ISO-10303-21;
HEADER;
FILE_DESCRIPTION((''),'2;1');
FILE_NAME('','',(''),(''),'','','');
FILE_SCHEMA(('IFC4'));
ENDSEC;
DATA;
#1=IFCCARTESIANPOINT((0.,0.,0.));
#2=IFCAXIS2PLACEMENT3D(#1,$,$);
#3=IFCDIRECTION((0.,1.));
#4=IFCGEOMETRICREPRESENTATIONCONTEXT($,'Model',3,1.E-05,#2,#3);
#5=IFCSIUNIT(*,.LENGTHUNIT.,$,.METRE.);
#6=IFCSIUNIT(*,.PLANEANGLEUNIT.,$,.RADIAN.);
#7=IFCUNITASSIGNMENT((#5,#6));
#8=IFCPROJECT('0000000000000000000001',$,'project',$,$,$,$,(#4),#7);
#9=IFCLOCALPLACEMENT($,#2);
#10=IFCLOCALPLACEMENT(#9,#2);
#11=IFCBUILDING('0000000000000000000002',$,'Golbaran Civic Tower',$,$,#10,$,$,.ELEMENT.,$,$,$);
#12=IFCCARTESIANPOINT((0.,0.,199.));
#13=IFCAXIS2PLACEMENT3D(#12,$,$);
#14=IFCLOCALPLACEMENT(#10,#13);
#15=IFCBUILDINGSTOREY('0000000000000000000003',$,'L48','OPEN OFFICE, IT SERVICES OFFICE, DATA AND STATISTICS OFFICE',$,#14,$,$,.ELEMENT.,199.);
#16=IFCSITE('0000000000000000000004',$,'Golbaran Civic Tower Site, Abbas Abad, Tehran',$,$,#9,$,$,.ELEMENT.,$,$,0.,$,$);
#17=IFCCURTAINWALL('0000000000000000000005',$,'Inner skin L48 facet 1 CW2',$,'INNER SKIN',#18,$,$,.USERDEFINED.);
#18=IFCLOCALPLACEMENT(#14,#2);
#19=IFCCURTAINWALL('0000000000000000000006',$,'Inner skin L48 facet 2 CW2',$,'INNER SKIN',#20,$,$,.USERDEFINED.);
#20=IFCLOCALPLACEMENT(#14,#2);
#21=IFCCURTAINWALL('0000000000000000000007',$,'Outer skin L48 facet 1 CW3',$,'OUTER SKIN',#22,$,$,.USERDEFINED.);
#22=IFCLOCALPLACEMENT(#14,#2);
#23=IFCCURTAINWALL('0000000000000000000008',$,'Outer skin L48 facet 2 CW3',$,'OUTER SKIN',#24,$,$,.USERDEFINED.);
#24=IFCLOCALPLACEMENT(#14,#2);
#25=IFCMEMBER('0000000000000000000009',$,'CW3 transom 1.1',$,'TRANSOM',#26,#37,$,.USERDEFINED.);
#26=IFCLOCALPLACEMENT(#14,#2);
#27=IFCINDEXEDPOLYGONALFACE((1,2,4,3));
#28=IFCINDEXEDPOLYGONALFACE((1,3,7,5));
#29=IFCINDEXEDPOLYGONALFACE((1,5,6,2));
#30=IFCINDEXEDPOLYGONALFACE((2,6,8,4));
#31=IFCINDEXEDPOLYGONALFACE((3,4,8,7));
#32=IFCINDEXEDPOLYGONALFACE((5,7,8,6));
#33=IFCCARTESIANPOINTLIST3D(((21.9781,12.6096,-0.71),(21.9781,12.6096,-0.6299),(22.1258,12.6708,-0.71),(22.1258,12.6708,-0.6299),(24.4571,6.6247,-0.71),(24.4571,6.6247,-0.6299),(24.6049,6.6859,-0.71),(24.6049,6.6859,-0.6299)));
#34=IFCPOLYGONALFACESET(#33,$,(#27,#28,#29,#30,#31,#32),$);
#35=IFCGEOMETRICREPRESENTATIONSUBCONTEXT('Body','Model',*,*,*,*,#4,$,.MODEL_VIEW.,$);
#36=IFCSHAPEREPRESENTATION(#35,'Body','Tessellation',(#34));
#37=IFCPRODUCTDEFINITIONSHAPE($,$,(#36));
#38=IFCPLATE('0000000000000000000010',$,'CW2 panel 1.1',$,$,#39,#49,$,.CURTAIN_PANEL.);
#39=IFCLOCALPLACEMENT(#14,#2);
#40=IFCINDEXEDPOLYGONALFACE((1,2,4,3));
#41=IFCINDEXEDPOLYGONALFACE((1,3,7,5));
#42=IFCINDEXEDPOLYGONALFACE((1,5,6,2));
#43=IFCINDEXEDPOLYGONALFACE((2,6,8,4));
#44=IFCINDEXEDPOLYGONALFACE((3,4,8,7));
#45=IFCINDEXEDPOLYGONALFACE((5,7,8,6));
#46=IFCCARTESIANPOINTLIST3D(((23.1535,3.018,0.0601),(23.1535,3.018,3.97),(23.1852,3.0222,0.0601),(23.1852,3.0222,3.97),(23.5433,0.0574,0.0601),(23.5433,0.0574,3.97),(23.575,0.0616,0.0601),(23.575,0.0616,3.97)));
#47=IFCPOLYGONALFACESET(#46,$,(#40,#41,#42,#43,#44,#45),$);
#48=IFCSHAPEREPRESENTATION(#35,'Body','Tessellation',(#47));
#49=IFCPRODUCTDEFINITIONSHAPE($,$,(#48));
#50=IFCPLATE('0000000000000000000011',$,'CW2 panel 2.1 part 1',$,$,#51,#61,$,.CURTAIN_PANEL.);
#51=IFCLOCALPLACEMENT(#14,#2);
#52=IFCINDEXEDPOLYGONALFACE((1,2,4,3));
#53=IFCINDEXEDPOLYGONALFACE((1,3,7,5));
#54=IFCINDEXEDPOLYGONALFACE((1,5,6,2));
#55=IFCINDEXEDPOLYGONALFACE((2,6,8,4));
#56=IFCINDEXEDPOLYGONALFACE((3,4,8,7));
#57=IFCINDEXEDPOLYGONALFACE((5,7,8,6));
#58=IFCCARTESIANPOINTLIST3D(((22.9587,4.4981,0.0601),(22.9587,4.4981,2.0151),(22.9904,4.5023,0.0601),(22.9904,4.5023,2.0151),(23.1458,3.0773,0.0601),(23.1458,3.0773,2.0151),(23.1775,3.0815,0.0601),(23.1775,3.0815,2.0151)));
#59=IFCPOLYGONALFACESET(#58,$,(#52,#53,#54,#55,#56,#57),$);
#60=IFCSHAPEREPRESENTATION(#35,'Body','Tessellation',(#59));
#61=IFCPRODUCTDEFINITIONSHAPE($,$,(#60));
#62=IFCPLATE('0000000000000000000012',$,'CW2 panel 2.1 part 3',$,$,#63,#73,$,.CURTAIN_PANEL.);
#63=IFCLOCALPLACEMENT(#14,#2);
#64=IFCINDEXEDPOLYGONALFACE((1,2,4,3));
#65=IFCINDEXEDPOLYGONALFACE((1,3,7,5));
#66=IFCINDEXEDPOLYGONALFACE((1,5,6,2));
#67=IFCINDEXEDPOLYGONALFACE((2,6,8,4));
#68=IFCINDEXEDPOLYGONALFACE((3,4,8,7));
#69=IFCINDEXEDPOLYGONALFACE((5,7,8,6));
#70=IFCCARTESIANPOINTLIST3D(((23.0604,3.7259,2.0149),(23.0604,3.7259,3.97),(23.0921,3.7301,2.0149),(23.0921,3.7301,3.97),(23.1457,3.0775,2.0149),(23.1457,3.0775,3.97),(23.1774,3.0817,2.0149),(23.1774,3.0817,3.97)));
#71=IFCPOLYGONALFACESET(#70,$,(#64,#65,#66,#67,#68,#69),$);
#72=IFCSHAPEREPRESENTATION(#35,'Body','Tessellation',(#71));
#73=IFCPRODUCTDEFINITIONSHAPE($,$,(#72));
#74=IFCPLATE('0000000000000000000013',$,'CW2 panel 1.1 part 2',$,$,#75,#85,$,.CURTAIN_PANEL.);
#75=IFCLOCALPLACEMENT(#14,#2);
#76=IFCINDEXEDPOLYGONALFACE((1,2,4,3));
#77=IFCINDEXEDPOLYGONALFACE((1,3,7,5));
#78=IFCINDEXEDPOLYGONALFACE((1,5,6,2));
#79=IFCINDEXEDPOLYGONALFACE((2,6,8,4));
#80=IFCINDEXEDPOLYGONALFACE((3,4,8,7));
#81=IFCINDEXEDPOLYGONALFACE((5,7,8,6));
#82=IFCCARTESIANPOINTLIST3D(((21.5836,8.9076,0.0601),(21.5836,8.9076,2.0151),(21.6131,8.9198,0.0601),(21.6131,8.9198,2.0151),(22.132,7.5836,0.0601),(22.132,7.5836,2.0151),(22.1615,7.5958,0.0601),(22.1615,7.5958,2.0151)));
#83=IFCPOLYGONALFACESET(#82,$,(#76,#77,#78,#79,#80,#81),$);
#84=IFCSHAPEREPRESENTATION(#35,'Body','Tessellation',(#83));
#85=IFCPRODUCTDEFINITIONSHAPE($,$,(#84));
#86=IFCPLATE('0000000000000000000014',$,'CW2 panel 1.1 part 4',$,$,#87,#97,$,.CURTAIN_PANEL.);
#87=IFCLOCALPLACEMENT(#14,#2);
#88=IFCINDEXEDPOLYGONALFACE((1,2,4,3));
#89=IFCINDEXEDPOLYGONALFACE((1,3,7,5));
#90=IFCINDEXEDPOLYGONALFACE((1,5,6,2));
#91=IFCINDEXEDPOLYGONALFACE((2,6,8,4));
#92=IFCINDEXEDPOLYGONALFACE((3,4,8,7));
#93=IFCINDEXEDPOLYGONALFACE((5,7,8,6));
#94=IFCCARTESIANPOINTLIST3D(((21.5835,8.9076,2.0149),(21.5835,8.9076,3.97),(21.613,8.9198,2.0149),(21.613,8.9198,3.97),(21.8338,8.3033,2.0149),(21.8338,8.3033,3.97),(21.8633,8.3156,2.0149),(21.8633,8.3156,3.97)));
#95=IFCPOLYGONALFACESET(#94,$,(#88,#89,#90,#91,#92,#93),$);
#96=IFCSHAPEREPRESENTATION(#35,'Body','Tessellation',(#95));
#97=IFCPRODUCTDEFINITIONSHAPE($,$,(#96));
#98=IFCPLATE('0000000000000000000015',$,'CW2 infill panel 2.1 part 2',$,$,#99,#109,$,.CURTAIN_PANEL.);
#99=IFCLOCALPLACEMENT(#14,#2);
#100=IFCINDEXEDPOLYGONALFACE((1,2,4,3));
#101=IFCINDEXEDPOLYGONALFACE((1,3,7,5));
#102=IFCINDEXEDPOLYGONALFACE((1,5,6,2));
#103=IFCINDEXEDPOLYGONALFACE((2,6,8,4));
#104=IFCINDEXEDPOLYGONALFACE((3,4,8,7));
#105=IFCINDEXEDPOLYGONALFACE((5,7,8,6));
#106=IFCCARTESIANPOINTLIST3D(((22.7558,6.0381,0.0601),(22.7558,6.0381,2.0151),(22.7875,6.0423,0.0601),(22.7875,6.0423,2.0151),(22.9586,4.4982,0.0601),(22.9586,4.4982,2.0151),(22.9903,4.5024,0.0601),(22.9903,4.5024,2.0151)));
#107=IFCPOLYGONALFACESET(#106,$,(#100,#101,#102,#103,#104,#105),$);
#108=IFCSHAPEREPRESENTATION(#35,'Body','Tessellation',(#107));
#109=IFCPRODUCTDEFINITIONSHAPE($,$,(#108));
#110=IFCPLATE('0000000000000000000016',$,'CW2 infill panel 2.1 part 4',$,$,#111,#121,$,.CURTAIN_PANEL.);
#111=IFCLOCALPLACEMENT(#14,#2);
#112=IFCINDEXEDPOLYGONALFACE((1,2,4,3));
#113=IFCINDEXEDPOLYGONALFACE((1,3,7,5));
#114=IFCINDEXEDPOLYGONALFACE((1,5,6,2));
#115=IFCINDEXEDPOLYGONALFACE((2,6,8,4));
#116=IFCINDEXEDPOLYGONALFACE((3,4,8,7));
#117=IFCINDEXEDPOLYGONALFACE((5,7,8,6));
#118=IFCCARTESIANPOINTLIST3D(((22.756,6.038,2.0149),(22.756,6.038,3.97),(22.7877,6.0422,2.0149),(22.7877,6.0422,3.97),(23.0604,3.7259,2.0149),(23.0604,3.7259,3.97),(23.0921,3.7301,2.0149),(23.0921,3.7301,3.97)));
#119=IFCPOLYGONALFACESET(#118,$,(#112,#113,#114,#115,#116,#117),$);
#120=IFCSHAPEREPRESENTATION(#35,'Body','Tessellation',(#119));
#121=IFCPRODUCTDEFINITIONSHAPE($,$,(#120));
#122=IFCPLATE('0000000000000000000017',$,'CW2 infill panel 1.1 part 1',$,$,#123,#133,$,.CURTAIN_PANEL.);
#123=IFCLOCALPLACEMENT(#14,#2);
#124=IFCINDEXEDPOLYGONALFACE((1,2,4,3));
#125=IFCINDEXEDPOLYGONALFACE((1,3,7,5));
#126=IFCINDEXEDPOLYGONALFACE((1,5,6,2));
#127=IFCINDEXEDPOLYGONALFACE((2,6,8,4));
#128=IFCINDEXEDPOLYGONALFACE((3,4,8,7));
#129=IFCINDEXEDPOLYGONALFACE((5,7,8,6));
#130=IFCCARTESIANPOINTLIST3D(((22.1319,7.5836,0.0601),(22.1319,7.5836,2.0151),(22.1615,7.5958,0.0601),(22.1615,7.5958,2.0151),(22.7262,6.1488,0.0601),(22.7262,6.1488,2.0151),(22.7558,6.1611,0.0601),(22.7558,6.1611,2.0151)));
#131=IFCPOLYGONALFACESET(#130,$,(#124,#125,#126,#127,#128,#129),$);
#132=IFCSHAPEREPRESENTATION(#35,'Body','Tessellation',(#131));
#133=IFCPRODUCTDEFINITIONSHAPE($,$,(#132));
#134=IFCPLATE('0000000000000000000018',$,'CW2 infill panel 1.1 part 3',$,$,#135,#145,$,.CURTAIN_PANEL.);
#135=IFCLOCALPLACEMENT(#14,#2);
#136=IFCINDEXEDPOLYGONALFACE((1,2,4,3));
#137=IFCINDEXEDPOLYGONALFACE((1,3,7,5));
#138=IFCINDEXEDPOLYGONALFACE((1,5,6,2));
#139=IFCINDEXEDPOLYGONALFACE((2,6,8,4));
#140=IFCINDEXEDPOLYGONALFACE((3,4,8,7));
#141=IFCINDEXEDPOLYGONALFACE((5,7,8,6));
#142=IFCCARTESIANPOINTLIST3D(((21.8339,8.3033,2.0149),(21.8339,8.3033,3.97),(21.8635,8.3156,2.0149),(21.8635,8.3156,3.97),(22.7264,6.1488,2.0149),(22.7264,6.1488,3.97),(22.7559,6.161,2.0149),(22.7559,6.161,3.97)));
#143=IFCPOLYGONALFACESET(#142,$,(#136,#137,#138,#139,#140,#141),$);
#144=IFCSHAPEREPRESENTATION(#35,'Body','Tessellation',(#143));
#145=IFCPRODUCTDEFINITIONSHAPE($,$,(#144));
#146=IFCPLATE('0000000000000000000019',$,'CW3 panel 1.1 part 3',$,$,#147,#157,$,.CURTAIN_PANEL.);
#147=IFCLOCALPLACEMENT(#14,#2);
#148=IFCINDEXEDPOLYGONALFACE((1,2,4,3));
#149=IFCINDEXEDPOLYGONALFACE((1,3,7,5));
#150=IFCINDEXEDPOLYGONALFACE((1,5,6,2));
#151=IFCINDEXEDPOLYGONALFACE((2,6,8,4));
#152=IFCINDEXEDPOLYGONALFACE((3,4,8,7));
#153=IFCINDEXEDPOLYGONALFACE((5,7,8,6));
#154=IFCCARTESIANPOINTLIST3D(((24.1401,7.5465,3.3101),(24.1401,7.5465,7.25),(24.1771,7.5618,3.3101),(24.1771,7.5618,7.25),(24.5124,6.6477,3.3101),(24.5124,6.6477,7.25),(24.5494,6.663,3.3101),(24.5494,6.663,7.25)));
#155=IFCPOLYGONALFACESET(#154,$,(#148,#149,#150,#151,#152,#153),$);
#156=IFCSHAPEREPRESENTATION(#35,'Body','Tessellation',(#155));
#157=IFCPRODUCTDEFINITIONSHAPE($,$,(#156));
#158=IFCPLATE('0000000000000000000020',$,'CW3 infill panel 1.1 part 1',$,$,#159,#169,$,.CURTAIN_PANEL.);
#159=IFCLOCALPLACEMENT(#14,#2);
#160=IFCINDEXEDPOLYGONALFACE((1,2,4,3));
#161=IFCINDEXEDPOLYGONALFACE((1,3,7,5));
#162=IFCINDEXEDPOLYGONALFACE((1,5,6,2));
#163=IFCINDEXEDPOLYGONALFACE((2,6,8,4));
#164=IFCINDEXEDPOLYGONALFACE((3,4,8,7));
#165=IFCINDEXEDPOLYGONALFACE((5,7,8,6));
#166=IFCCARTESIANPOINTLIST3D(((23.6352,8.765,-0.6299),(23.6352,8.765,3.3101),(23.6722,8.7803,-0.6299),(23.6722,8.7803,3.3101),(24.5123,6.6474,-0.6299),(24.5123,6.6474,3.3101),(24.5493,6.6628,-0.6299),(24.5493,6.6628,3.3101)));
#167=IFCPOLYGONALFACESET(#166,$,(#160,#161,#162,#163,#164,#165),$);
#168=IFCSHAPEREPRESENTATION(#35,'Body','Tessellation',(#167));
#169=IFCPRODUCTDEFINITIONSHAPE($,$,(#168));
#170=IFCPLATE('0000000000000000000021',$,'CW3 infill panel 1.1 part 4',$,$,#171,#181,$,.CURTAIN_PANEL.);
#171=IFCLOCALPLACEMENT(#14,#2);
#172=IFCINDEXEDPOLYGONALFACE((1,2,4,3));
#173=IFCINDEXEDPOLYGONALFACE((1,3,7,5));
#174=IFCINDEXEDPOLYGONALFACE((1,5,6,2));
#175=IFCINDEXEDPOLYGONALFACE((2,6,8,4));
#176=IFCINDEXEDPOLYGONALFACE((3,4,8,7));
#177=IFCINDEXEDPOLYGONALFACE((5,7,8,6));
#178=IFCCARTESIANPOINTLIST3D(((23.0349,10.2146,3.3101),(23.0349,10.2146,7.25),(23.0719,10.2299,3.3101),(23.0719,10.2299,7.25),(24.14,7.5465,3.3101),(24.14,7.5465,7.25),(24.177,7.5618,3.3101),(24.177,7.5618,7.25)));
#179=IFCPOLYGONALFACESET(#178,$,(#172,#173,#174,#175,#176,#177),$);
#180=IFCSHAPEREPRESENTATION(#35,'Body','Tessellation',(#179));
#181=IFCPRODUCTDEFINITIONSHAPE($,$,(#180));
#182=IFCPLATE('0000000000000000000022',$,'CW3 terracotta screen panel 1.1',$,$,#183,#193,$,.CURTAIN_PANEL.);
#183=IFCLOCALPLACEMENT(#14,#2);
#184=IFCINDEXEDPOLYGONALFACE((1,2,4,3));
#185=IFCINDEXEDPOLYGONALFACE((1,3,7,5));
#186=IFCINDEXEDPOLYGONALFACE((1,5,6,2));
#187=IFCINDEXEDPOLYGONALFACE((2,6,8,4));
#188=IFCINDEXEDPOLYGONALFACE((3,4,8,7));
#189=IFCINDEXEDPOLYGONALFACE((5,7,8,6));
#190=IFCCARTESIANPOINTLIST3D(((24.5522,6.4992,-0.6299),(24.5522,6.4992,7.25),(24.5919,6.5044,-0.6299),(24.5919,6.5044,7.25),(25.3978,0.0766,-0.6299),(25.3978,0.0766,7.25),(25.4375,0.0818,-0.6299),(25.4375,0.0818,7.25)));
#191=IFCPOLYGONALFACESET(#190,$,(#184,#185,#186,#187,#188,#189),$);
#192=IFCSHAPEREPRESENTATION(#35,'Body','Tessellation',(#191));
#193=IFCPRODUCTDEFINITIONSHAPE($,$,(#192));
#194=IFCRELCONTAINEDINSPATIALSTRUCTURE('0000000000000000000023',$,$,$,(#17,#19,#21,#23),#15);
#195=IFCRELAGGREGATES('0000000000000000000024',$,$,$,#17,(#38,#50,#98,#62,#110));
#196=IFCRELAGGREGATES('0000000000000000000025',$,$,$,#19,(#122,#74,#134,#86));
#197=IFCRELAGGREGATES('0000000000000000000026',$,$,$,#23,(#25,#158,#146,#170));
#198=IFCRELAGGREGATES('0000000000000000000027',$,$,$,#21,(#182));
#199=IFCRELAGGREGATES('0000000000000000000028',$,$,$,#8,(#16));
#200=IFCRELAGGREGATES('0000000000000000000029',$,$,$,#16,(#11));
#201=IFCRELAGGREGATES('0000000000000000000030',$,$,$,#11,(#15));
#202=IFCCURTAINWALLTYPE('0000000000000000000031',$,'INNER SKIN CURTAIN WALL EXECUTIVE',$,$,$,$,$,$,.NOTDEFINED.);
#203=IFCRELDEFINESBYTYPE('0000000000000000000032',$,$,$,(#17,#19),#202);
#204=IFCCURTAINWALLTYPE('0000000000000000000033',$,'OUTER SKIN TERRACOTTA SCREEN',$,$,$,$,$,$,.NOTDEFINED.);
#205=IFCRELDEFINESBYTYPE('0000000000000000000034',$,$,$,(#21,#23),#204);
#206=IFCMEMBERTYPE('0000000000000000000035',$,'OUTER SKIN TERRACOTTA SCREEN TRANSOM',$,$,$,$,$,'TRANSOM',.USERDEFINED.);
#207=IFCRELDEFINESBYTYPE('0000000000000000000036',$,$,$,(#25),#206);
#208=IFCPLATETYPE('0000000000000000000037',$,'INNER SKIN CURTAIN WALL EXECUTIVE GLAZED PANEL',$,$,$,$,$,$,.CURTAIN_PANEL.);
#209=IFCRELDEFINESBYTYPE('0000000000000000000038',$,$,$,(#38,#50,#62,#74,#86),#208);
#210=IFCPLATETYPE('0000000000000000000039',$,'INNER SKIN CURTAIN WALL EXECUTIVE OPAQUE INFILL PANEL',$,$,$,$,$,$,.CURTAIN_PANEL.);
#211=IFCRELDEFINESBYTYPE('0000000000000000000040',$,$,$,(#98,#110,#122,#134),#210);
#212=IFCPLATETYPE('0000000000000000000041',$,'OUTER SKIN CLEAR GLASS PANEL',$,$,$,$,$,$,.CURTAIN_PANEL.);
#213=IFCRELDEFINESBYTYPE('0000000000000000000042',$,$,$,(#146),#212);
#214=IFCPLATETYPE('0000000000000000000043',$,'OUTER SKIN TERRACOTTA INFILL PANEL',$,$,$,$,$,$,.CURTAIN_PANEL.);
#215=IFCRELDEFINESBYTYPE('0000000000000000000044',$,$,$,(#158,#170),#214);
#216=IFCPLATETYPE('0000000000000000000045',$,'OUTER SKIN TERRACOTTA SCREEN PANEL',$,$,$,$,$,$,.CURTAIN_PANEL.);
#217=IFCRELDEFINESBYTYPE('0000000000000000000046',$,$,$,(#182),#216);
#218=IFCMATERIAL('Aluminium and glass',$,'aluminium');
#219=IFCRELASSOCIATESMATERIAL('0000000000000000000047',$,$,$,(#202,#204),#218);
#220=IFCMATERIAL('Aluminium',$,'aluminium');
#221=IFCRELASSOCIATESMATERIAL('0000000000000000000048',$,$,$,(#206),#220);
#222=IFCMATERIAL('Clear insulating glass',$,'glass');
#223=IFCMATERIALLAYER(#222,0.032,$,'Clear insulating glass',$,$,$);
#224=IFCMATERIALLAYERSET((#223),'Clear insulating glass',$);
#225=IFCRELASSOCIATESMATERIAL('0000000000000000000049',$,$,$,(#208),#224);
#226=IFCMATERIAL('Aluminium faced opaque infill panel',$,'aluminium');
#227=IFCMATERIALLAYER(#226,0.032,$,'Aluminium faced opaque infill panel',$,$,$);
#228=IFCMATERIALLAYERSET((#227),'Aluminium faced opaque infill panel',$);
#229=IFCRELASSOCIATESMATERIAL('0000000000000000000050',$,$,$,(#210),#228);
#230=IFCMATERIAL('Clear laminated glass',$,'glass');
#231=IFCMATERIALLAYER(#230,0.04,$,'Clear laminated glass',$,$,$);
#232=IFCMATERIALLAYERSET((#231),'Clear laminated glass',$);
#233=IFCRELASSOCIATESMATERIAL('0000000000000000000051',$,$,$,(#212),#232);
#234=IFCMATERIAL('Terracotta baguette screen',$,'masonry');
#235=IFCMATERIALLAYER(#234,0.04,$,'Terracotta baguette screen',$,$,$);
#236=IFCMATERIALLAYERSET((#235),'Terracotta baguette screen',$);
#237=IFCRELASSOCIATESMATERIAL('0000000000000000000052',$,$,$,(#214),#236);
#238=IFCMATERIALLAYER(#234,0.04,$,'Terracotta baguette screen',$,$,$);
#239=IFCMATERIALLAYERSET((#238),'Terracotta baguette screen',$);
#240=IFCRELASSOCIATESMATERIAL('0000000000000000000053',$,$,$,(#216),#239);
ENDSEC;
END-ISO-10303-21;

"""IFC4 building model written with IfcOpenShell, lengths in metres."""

from ifc_helpers import new_model, si_unit, direction, frame, origin, origin_2d, place, context, subcontext, project, spatial, rectangle, extrude, material, layer, layer_set, material_profile, profile_set, type_object, element, aggregate, save


model = new_model("IFC4")

# Units and contexts
model_context = context("Model", 3, precision=1e-05, world=origin(), true_north=direction((0.0, 1.0)))
body_context = subcontext(model_context, "Body", "Model", "MODEL_VIEW")
ifc_project = project(units=[si_unit("LENGTHUNIT", "METRE"), si_unit("PLANEANGLEUNIT", "RADIAN")], contexts=[model_context])

# Site, building, storey
site_placement = place(None, origin())
site = spatial("IfcSite", under=ifc_project, at=site_placement, Name="Golbaran Civic Tower Site, Abbas Abad, Tehran", CompositionType="ELEMENT", RefElevation=0.0)
building_placement = place(site_placement, origin())
building = spatial("IfcBuilding", under=site, at=building_placement, Name="Golbaran Civic Tower", CompositionType="ELEMENT")
storey_placement = place(building_placement, frame((0.0, 0.0, 199.0)))
storey = spatial("IfcBuildingStorey", under=building, at=storey_placement, Name="L48", Description="OPEN OFFICE, IT SERVICES OFFICE, DATA AND STATISTICS OFFICE", CompositionType="ELEMENT", Elevation=199.0)

# Curtain walls
ifc_material_1 = material(Name="Aluminium and glass", Category="aluminium")
curtain_wall_type_1 = type_object("IfcCurtainWallType", Name="INNER SKIN CURTAIN WALL EXECUTIVE", PredefinedType="NOTDEFINED", material=ifc_material_1)
curtain_wall_1_placement = place(storey_placement, origin())
curtain_wall_1 = element("IfcCurtainWall", 1, at=curtain_wall_1_placement, inside=storey, type_object=curtain_wall_type_1, Name="Inner skin L48 facet 1 CW2", ObjectType="INNER SKIN", PredefinedType="USERDEFINED")
ifc_material_2 = material(Name="Aluminium", Category="aluminium")
curtain_wall_2_placement = place(storey_placement, origin())
curtain_wall_2 = element("IfcCurtainWall", 2, at=curtain_wall_2_placement, inside=storey, type_object=curtain_wall_type_1, Name="Inner skin L48 facet 2 CW2", ObjectType="INNER SKIN", PredefinedType="USERDEFINED")

# Curtain wall
curtain_wall_type_2 = type_object("IfcCurtainWallType", Name="OUTER SKIN TERRACOTTA SCREEN", PredefinedType="NOTDEFINED", material=ifc_material_1)
curtain_wall_3_placement = place(storey_placement, origin())
curtain_wall_3 = element("IfcCurtainWall", 3, at=curtain_wall_3_placement, inside=storey, type_object=curtain_wall_type_2, Name="Outer skin L48 facet 1 CW3", ObjectType="OUTER SKIN", PredefinedType="USERDEFINED")

# Curtain wall
curtain_wall_4_placement = place(storey_placement, origin())
curtain_wall_4 = element("IfcCurtainWall", 4, at=curtain_wall_4_placement, inside=storey, type_object=curtain_wall_type_2, Name="Outer skin L48 facet 2 CW3", ObjectType="OUTER SKIN", PredefinedType="USERDEFINED")

# Member
ifc_material_profile_1 = material_profile(ifc_material_2, rectangle(XDim=0.1599, YDim=0.0801, at=origin_2d()), Name="OUTER SKIN TERRACOTTA SCREEN TRANSOM")
ifc_profile_set_1 = profile_set([ifc_material_profile_1], Name="Aluminium")
member_type_1 = type_object("IfcMemberType", Name="OUTER SKIN TERRACOTTA SCREEN TRANSOM", ElementType="TRANSOM", PredefinedType="USERDEFINED", material=ifc_profile_set_1)
member_1_placement = place(storey_placement, frame((24.531, 6.6553, -0.6699), z_axis=(-0.382682, 0.92388, 0.0), x_axis=(-0.92388, -0.382682, 0.0)))
member_1 = element("IfcMember", 5, at=member_1_placement, type_object=member_type_1, Name="CW3 transom 1.1", ObjectType="TRANSOM", PredefinedType="USERDEFINED", context=body_context, shape_type="SweptSolid", body=[
    extrude(rectangle(XDim=0.1599, YDim=0.0801, at=origin_2d()), origin(), (0.0, 0.0, 1.0), 6.478),
])

# Plates
ifc_material_3 = material(Name="Clear insulating glass", Category="glass")
ifc_layer_1 = layer(ifc_material_3, 0.032, Name="Clear insulating glass")
ifc_layer_set_1 = layer_set([ifc_layer_1], Name="Clear insulating glass")
plate_type_1 = type_object("IfcPlateType", Name="INNER SKIN CURTAIN WALL EXECUTIVE GLAZED PANEL", PredefinedType="CURTAIN_PANEL", material=ifc_layer_set_1)
plate_1_placement = place(storey_placement, frame((23.3643, 1.5398, 0.0601), z_axis=(0.0, 0.0, 1.0), x_axis=(-0.130526, 0.991445, 0.0)))
plate_1 = element("IfcPlate", 6, at=plate_1_placement, type_object=plate_type_1, Name="CW2 panel 1.1", PredefinedType="CURTAIN_PANEL", context=body_context, shape_type="SweptSolid", body=[
    extrude(rectangle(XDim=2.9861, YDim=0.032, at=origin_2d()), origin(), (0.0, 0.0, 1.0), 3.9099),
])
plate_2_placement = place(storey_placement, frame((23.0681, 3.7898, 0.0601), z_axis=(0.0, 0.0, 1.0), x_axis=(-0.130526, 0.991445, 0.0)))
plate_2 = element("IfcPlate", 7, at=plate_2_placement, type_object=plate_type_1, Name="CW2 panel 2.1 part 1", PredefinedType="CURTAIN_PANEL", context=body_context, shape_type="SweptSolid", body=[
    extrude(rectangle(XDim=1.4331, YDim=0.032, at=origin_2d()), origin(), (0.0, 0.0, 1.0), 1.9551),
])
plate_3_placement = place(storey_placement, frame((23.1189, 3.4038, 2.0149), z_axis=(0.0, 0.0, 1.0), x_axis=(-0.130526, 0.991445, 0.0)))
plate_3 = element("IfcPlate", 8, at=plate_3_placement, type_object=plate_type_1, Name="CW2 panel 2.1 part 3", PredefinedType="CURTAIN_PANEL", context=body_context, shape_type="SweptSolid", body=[
    extrude(rectangle(XDim=0.6541, YDim=0.032, at=origin_2d()), origin(), (0.0, 0.0, 1.0), 1.9551),
])
plate_4_placement = place(storey_placement, frame((21.8726, 8.2517, 0.0601), z_axis=(0.0, 0.0, 1.0), x_axis=(-0.382683, 0.92388, 0.0)))
plate_4 = element("IfcPlate", 9, at=plate_4_placement, type_object=plate_type_1, Name="CW2 panel 1.1 part 2", PredefinedType="CURTAIN_PANEL", context=body_context, shape_type="SweptSolid", body=[
    extrude(rectangle(XDim=1.4331, YDim=0.032, at=origin_2d()), origin(), (0.0, 0.0, 1.0), 1.9551),
])
plate_5_placement = place(storey_placement, frame((21.7234, 8.6116, 2.0149), z_axis=(0.0, 0.0, 1.0), x_axis=(-0.382683, 0.92388, 0.0)))
plate_5 = element("IfcPlate", 10, at=plate_5_placement, type_object=plate_type_1, Name="CW2 panel 1.1 part 4", PredefinedType="CURTAIN_PANEL", context=body_context, shape_type="SweptSolid", body=[
    extrude(rectangle(XDim=0.6541, YDim=0.032, at=origin_2d()), origin(), (0.0, 0.0, 1.0), 1.9551),
])
ifc_material_4 = material(Name="Aluminium faced opaque infill panel", Category="aluminium")
ifc_layer_2 = layer(ifc_material_4, 0.032, Name="Aluminium faced opaque infill panel")
ifc_layer_set_2 = layer_set([ifc_layer_2], Name="Aluminium faced opaque infill panel")
plate_type_2 = type_object("IfcPlateType", Name="INNER SKIN CURTAIN WALL EXECUTIVE OPAQUE INFILL PANEL", PredefinedType="CURTAIN_PANEL", material=ifc_layer_set_2)
plate_6_placement = place(storey_placement, frame((22.873, 5.2703, 0.0601), z_axis=(0.0, 0.0, 1.0), x_axis=(-0.130526, 0.991445, 0.0)))
plate_6 = element("IfcPlate", 11, at=plate_6_placement, type_object=plate_type_2, Name="CW2 infill panel 2.1 part 2", PredefinedType="CURTAIN_PANEL", context=body_context, shape_type="SweptSolid", body=[
    extrude(rectangle(XDim=1.5532, YDim=0.032, at=origin_2d()), origin(), (0.0, 0.0, 1.0), 1.9551),
])
plate_7_placement = place(storey_placement, frame((22.9241, 4.884, 2.0149), z_axis=(0.0, 0.0, 1.0), x_axis=(-0.130526, 0.991445, 0.0)))
plate_7 = element("IfcPlate", 12, at=plate_7_placement, type_object=plate_type_2, Name="CW2 infill panel 2.1 part 4", PredefinedType="CURTAIN_PANEL", context=body_context, shape_type="SweptSolid", body=[
    extrude(rectangle(XDim=2.332, YDim=0.032, at=origin_2d()), origin(), (0.0, 0.0, 1.0), 1.9551),
])
aggregate(curtain_wall_1, [plate_1, plate_2, plate_6, plate_3, plate_7])
plate_8_placement = place(storey_placement, frame((22.4438, 6.8723, 0.0601), z_axis=(0.0, 0.0, 1.0), x_axis=(-0.382683, 0.92388, 0.0)))
plate_8 = element("IfcPlate", 13, at=plate_8_placement, type_object=plate_type_2, Name="CW2 infill panel 1.1 part 1", PredefinedType="CURTAIN_PANEL", context=body_context, shape_type="SweptSolid", body=[
    extrude(rectangle(XDim=1.553, YDim=0.032, at=origin_2d()), origin(), (0.0, 0.0, 1.0), 1.9551),
])
plate_9_placement = place(storey_placement, frame((22.2949, 7.2322, 2.0149), z_axis=(0.0, 0.0, 1.0), x_axis=(-0.382683, 0.92388, 0.0)))
plate_9 = element("IfcPlate", 14, at=plate_9_placement, type_object=plate_type_2, Name="CW2 infill panel 1.1 part 3", PredefinedType="CURTAIN_PANEL", context=body_context, shape_type="SweptSolid", body=[
    extrude(rectangle(XDim=2.332, YDim=0.032, at=origin_2d()), origin(), (0.0, 0.0, 1.0), 1.9551),
])
aggregate(curtain_wall_2, [plate_8, plate_4, plate_9, plate_5])
ifc_material_5 = material(Name="Clear laminated glass", Category="glass")
ifc_layer_3 = layer(ifc_material_5, 0.04, Name="Clear laminated glass")
ifc_layer_set_3 = layer_set([ifc_layer_3], Name="Clear laminated glass")
plate_type_3 = type_object("IfcPlateType", Name="OUTER SKIN CLEAR GLASS PANEL", PredefinedType="CURTAIN_PANEL", material=ifc_layer_set_3)
plate_10_placement = place(storey_placement, frame((24.3447, 7.1047, 3.3101), z_axis=(0.0, 0.0, 1.0), x_axis=(-0.382683, 0.92388, 0.0)))
plate_10 = element("IfcPlate", 15, at=plate_10_placement, type_object=plate_type_3, Name="CW3 panel 1.1 part 3", PredefinedType="CURTAIN_PANEL", context=body_context, shape_type="SweptSolid", body=[
    extrude(rectangle(XDim=0.9729, YDim=0.04, at=origin_2d()), origin(), (0.0, 0.0, 1.0), 3.9399),
])
ifc_material_6 = material(Name="Terracotta baguette screen", Category="masonry")
ifc_layer_4 = layer(ifc_material_6, 0.04, Name="Terracotta baguette screen")
ifc_layer_set_4 = layer_set([ifc_layer_4], Name="Terracotta baguette screen")
plate_type_4 = type_object("IfcPlateType", Name="OUTER SKIN TERRACOTTA INFILL PANEL", PredefinedType="CURTAIN_PANEL", material=ifc_layer_set_4)
plate_11_placement = place(storey_placement, frame((24.0923, 7.7139, -0.6299), z_axis=(0.0, 0.0, 1.0), x_axis=(-0.382683, 0.92388, 0.0)))
plate_11 = element("IfcPlate", 16, at=plate_11_placement, type_object=plate_type_4, Name="CW3 infill panel 1.1 part 1", PredefinedType="CURTAIN_PANEL", context=body_context, shape_type="SweptSolid", body=[
    extrude(rectangle(XDim=2.292, YDim=0.04, at=origin_2d()), origin(), (0.0, 0.0, 1.0), 3.9399),
])
plate_12_placement = place(storey_placement, frame((23.606, 8.8882, 3.3101), z_axis=(0.0, 0.0, 1.0), x_axis=(-0.382683, 0.92388, 0.0)))
plate_12 = element("IfcPlate", 17, at=plate_12_placement, type_object=plate_type_4, Name="CW3 infill panel 1.1 part 4", PredefinedType="CURTAIN_PANEL", context=body_context, shape_type="SweptSolid", body=[
    extrude(rectangle(XDim=2.8879, YDim=0.04, at=origin_2d()), origin(), (0.0, 0.0, 1.0), 3.9399),
])
aggregate(curtain_wall_4, [member_1, plate_11, plate_10, plate_12])
ifc_layer_5 = layer(ifc_material_6, 0.04, Name="Terracotta baguette screen")
ifc_layer_set_5 = layer_set([ifc_layer_5], Name="Terracotta baguette screen")
plate_type_5 = type_object("IfcPlateType", Name="OUTER SKIN TERRACOTTA SCREEN PANEL", PredefinedType="CURTAIN_PANEL", material=ifc_layer_set_5)
plate_13_placement = place(storey_placement, frame((24.9949, 3.2905, -0.6299), z_axis=(0.0, 0.0, 1.0), x_axis=(-0.130526, 0.991445, 0.0)))
plate_13 = element("IfcPlate", 18, at=plate_13_placement, type_object=plate_type_5, Name="CW3 terracotta screen panel 1.1", PredefinedType="CURTAIN_PANEL", context=body_context, shape_type="SweptSolid", body=[
    extrude(rectangle(XDim=6.478, YDim=0.04, at=origin_2d()), origin(), (0.0, 0.0, 1.0), 7.8799),
])
aggregate(curtain_wall_3, [plate_13])

save(model, "model.ifc")
